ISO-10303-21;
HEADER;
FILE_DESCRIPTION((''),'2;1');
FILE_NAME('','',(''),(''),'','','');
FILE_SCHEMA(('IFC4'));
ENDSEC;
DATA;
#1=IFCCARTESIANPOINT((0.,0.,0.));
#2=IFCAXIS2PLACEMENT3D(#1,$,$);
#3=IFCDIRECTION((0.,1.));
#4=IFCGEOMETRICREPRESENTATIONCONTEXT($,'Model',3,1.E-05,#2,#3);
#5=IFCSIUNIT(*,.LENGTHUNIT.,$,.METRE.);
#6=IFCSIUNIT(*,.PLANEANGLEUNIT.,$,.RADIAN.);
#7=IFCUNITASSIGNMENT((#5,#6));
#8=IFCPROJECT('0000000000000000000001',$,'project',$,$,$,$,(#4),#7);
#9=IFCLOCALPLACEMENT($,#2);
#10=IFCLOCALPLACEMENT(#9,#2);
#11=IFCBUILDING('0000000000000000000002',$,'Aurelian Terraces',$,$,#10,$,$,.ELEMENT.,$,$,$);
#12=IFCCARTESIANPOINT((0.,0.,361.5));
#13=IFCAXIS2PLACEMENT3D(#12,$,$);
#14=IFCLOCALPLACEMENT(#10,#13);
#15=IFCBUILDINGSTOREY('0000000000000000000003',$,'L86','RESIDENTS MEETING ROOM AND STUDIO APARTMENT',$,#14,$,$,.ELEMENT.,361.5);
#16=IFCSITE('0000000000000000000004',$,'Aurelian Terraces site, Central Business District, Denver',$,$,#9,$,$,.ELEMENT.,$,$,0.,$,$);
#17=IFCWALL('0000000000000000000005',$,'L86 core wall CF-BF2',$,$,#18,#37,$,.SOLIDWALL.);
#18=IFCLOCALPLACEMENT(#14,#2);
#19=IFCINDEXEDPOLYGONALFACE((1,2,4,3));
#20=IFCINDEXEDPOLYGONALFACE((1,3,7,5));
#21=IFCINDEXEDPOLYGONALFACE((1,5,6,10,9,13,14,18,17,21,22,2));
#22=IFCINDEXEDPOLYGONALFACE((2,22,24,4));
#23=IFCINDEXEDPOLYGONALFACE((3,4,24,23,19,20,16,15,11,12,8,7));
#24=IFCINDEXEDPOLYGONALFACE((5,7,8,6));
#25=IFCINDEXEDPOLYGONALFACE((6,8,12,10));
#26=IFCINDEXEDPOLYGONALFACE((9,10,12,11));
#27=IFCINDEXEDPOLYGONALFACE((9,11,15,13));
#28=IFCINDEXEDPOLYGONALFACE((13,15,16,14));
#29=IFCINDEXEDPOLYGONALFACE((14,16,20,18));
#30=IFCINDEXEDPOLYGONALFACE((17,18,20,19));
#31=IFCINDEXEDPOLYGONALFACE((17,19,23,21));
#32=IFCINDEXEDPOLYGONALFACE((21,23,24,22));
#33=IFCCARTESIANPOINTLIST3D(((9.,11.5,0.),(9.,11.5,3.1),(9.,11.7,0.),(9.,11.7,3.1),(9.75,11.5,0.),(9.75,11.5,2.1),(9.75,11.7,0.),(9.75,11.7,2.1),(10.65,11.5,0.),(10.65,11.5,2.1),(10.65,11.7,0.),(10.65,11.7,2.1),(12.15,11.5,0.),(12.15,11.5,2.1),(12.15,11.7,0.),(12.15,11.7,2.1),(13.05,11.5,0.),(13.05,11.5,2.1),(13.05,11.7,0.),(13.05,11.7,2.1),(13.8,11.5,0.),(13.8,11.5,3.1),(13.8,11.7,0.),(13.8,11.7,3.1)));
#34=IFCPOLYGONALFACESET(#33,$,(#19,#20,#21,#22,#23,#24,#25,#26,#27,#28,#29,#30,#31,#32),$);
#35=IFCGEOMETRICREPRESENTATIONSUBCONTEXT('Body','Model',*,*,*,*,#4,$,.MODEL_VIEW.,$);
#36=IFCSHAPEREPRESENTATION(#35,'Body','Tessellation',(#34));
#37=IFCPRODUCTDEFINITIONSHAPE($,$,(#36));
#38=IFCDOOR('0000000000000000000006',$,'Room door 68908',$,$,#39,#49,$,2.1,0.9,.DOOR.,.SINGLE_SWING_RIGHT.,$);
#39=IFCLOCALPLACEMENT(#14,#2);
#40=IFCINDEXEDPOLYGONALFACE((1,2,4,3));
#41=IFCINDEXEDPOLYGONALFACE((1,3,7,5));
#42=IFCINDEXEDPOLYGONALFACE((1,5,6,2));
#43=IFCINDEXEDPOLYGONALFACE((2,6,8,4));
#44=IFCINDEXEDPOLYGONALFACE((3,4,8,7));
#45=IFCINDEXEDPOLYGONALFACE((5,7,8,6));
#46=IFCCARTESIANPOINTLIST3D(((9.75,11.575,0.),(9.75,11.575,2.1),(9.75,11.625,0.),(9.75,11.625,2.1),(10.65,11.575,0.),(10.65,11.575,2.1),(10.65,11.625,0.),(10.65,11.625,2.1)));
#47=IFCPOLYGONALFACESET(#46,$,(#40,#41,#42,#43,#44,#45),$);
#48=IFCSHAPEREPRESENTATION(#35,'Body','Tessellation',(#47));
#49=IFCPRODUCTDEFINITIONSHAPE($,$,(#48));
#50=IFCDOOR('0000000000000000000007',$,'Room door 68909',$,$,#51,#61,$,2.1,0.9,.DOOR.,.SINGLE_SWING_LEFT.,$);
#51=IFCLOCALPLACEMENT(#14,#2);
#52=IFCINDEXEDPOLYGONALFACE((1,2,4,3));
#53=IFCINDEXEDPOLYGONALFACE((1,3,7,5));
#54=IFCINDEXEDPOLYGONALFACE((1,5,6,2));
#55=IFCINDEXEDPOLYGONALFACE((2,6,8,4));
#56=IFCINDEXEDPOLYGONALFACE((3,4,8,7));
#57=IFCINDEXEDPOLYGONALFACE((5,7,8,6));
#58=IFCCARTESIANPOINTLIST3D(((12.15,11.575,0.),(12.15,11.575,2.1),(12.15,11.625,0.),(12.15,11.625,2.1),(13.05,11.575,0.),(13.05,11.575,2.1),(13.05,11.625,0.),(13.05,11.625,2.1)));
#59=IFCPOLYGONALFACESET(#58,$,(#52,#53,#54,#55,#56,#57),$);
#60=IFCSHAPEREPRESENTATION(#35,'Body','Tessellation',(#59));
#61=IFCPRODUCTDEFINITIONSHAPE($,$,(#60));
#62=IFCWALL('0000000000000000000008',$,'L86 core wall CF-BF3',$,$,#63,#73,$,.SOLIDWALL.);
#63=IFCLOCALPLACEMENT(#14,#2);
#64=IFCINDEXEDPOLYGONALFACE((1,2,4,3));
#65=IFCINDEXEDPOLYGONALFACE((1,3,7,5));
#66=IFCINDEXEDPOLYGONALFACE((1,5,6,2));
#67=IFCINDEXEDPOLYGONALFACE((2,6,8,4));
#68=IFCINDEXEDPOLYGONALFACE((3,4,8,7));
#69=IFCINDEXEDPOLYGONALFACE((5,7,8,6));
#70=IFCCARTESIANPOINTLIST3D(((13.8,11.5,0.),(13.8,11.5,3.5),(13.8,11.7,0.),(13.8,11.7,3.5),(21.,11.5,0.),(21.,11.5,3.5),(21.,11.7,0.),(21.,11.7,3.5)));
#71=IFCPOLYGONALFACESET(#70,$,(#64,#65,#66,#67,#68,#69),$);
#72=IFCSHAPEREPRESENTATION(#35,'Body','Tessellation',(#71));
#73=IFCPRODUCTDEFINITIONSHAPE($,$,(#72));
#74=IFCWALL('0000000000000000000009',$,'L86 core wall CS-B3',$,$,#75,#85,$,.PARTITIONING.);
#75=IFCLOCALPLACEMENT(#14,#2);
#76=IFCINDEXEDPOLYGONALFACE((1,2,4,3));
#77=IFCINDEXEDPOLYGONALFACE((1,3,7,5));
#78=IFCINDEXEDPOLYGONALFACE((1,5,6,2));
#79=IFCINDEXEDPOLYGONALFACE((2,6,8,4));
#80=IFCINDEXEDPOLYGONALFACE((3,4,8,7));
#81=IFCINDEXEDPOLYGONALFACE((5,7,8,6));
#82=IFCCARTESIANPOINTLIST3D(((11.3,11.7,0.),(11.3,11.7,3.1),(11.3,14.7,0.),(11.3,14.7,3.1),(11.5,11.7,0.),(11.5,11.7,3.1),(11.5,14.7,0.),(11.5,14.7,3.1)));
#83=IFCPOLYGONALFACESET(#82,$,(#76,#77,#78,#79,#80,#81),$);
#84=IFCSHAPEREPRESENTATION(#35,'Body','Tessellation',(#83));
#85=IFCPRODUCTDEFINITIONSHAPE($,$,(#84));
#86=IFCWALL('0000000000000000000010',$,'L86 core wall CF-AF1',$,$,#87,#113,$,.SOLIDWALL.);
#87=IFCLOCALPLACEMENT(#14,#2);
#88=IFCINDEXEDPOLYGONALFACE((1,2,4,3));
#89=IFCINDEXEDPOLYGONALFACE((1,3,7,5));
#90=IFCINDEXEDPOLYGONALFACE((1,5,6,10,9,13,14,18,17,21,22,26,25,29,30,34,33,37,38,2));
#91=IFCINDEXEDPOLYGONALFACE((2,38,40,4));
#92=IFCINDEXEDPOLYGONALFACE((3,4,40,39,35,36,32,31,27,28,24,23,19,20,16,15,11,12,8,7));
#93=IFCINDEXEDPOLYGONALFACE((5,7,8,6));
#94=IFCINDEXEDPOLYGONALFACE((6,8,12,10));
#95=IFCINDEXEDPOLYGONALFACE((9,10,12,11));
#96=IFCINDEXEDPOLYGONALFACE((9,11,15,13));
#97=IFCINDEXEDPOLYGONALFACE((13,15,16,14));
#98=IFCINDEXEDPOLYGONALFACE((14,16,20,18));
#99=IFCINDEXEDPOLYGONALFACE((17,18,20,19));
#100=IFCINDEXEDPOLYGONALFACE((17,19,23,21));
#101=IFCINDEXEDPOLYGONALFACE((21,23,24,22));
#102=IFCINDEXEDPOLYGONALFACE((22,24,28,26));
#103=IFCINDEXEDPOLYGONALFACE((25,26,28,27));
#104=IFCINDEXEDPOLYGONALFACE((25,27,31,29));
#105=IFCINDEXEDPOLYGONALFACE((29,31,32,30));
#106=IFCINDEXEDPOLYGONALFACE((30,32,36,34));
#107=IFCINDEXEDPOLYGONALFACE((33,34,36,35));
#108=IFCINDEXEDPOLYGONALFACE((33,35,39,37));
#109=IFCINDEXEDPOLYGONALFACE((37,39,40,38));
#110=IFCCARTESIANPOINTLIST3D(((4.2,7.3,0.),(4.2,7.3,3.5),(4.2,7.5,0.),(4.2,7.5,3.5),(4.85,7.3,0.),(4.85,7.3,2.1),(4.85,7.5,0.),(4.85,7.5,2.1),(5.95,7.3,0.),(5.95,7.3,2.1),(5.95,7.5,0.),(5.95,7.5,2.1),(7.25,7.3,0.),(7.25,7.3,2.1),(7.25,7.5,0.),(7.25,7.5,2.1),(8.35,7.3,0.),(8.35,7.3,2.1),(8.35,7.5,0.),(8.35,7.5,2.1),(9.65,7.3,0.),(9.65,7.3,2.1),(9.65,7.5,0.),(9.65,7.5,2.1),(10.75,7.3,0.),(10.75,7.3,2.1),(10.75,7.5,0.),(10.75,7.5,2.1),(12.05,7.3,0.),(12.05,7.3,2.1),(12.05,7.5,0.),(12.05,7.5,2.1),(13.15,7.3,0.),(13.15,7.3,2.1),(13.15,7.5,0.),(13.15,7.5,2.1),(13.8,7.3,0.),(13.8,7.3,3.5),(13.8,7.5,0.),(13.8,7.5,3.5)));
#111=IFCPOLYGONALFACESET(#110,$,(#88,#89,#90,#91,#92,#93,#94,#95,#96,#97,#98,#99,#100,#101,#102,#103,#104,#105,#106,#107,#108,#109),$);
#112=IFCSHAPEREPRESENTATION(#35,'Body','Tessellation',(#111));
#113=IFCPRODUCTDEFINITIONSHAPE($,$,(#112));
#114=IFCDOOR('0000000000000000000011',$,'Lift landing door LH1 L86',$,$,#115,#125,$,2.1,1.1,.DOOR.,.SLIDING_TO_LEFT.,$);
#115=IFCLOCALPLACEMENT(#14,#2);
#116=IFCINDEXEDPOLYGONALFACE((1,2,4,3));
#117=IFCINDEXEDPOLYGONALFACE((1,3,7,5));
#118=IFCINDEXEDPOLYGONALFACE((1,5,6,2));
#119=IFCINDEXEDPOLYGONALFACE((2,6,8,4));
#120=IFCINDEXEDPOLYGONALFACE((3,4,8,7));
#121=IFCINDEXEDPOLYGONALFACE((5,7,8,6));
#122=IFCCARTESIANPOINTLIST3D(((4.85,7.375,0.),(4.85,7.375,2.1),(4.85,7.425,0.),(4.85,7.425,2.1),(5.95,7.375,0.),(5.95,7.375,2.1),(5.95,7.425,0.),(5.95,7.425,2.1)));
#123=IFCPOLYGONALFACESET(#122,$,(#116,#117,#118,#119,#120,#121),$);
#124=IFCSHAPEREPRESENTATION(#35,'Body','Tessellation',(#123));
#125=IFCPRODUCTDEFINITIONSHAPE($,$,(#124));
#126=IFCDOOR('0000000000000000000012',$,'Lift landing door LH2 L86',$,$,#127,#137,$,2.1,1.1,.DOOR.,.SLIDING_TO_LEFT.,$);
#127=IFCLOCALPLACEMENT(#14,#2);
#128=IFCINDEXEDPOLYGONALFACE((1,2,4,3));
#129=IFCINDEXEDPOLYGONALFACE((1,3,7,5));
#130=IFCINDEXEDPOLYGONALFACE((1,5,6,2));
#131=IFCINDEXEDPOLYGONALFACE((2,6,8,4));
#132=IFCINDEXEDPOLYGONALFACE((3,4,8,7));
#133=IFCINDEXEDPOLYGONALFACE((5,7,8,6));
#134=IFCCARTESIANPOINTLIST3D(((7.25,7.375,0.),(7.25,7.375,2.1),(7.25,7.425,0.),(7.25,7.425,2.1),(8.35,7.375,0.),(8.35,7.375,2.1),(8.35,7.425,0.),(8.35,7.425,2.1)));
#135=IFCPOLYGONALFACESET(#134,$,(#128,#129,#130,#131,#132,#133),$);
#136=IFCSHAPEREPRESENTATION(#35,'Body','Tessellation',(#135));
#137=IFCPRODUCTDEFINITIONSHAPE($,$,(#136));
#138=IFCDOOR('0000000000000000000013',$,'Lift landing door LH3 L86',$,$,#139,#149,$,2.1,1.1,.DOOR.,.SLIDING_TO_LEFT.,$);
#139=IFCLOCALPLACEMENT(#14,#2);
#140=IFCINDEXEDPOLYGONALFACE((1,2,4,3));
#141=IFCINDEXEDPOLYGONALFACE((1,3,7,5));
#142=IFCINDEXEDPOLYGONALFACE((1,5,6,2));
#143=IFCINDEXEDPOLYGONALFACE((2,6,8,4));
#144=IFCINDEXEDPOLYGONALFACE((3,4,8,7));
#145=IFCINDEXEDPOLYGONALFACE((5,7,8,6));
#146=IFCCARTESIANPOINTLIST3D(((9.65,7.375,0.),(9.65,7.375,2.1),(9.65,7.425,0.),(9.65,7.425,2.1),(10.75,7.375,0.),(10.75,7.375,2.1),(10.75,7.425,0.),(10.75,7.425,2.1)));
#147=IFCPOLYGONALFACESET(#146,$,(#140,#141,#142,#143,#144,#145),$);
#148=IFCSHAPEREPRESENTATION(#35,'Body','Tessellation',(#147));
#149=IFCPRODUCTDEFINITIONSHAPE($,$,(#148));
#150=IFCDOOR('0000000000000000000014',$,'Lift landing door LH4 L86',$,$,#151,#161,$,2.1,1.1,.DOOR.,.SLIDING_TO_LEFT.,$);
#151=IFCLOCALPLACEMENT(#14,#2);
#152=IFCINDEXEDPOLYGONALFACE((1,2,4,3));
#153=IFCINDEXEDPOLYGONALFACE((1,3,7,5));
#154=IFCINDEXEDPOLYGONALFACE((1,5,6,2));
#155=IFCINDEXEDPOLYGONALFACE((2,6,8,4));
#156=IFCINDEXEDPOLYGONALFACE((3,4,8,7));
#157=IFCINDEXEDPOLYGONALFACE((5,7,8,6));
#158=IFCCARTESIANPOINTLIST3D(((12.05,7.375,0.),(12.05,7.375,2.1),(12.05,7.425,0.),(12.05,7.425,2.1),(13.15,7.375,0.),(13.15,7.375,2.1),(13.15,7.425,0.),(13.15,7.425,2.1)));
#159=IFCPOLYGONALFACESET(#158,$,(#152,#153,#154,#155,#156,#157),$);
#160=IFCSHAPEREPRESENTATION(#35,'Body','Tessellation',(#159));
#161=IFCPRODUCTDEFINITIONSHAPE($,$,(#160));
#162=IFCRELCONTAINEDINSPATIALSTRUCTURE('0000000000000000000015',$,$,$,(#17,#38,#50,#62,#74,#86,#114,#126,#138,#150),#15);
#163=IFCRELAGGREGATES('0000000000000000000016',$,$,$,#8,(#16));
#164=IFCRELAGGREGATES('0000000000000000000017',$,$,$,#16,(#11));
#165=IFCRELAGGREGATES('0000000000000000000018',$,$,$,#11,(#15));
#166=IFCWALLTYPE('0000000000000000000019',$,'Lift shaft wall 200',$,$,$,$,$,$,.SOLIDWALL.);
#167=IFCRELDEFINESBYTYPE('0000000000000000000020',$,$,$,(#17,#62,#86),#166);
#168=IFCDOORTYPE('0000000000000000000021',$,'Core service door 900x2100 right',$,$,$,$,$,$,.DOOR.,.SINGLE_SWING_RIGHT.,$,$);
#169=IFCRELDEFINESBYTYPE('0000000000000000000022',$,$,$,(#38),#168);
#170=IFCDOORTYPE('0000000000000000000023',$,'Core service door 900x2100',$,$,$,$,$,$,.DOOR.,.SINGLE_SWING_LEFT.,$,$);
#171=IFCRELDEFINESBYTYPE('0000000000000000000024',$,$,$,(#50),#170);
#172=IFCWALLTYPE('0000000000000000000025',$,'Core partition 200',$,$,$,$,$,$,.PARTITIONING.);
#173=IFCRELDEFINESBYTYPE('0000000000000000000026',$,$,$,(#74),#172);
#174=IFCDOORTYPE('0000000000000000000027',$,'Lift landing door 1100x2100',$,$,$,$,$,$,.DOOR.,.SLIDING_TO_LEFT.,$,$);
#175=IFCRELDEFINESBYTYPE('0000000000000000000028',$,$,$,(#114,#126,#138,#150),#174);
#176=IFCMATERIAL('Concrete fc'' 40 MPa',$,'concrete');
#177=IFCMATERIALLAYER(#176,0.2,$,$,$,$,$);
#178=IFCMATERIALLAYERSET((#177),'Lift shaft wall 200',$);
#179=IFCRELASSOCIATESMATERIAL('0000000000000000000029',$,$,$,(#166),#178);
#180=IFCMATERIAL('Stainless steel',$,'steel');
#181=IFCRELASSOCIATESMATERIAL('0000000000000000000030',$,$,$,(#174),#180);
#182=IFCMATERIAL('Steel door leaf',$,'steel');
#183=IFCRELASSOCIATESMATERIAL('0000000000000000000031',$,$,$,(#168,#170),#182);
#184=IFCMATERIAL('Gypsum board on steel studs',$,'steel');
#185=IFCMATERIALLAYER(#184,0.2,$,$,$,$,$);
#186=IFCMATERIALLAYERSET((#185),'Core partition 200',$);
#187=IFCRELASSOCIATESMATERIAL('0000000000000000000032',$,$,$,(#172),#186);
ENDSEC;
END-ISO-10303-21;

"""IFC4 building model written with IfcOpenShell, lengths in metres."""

from ifc_helpers import new_model, si_unit, direction, frame, frame_2d, origin, place, context, subcontext, project, spatial, rectangle, extrude, source, transform, mapped, material, layer, layer_set, type_object, element, fill, save


model = new_model("IFC4")

# Units and contexts
model_context = context("Model", 3, precision=1e-05, world=origin(), true_north=direction((0.0, 1.0)))
body_context = subcontext(model_context, "Body", "Model", "MODEL_VIEW")
ifc_project = project(units=[si_unit("LENGTHUNIT", "METRE"), si_unit("PLANEANGLEUNIT", "RADIAN")], contexts=[model_context])

# Site, building, storey
site_placement = place(None, origin())
site = spatial("IfcSite", under=ifc_project, at=site_placement, Name="Aurelian Terraces site, Central Business District, Denver", CompositionType="ELEMENT", RefElevation=0.0)
building_placement = place(site_placement, origin())
building = spatial("IfcBuilding", under=site, at=building_placement, Name="Aurelian Terraces", CompositionType="ELEMENT")
storey_placement = place(building_placement, frame((0.0, 0.0, 361.5)))
storey = spatial("IfcBuildingStorey", under=building, at=storey_placement, Name="L86", Description="RESIDENTS MEETING ROOM AND STUDIO APARTMENT", CompositionType="ELEMENT", Elevation=361.5)

# Shared definitions
ifc_material_1 = material(Name="Concrete fc' 40 MPa", Category="concrete")
ifc_layer_1 = layer(ifc_material_1, 0.2)
ifc_layer_set_1 = layer_set([ifc_layer_1], Name="Lift shaft wall 200")
wall_type_1 = type_object("IfcWallType", Name="Lift shaft wall 200", PredefinedType="SOLIDWALL", material=ifc_layer_set_1)

# Wall, openings, doors
shared_shape_1 = source(origin(), body_context, "Body", "SweptSolid", [
    extrude(rectangle(XDim=1.1, YDim=2.1, at=frame_2d((0.55, 1.05))), frame((0.0, 0.11, 0.0), z_axis=(0.0, -1.0, 0.0), x_axis=(1.0, 0.0, 0.0)), (0.0, 0.0, 1.0), 0.22),
])
ifc_material_2 = material(Name="Stainless steel", Category="steel")
door_type_1 = type_object("IfcDoorType", Name="Lift landing door 1100x2100", OperationType="SLIDING_TO_LEFT", PredefinedType="DOOR", material=ifc_material_2)
shared_shape_2 = source(origin(), body_context, "Body", "SweptSolid", [
    extrude(rectangle(XDim=1.1, YDim=2.1, at=frame_2d((0.55, 1.05))), frame((0.0, 0.025, 0.0), z_axis=(0.0, -1.0, 0.0), x_axis=(1.0, 0.0, 0.0)), (0.0, 0.0, 1.0), 0.05),
])
shared_shape_3 = source(origin(), body_context, "Body", "SweptSolid", [
    extrude(rectangle(XDim=4.8, YDim=0.2, at=frame_2d((2.4, 0.0))), origin(), (0.0, 0.0, 1.0), 3.1),
])
wall_1_placement = place(storey_placement, frame((9.0, 11.6, 0.0), z_axis=(0.0, 0.0, 1.0), x_axis=(1.0, 0.0, 0.0)))
wall_1 = element("IfcWall", 1, at=wall_1_placement, inside=storey, type_object=wall_type_1, Name="L86 core wall CF-BF2", PredefinedType="SOLIDWALL", context=body_context, shape_type="MappedRepresentation", body=[
    mapped(shared_shape_3, transform((0.0, 0.0, 0.0), scale=1.0)),
])
shared_shape_4 = source(origin(), body_context, "Body", "SweptSolid", [
    extrude(rectangle(XDim=0.9, YDim=2.1, at=frame_2d((0.45, 1.05))), frame((0.0, 0.11, 0.0), z_axis=(0.0, -1.0, 0.0), x_axis=(1.0, 0.0, 0.0)), (0.0, 0.0, 1.0), 0.22),
])
opening_1_placement = place(wall_1_placement, frame((0.75, 0.0, 0.0)))
opening_1 = element("IfcOpeningElement", 2, at=opening_1_placement, cuts=wall_1, PredefinedType="OPENING", context=body_context, shape_type="MappedRepresentation", body=[
    mapped(shared_shape_4, transform((0.0, 0.0, 0.0), scale=1.0)),
])
opening_2_placement = place(wall_1_placement, frame((3.15, 0.0, 0.0)))
opening_2 = element("IfcOpeningElement", 3, at=opening_2_placement, cuts=wall_1, PredefinedType="OPENING", context=body_context, shape_type="MappedRepresentation", body=[
    mapped(shared_shape_4, transform((0.0, 0.0, 0.0), scale=1.0)),
])
ifc_material_3 = material(Name="Steel door leaf", Category="steel")
door_type_2 = type_object("IfcDoorType", Name="Core service door 900x2100 right", OperationType="SINGLE_SWING_RIGHT", PredefinedType="DOOR", material=ifc_material_3)
shared_shape_5 = source(origin(), body_context, "Body", "SweptSolid", [
    extrude(rectangle(XDim=0.9, YDim=2.1, at=frame_2d((0.45, 1.05))), frame((0.0, 0.025, 0.0), z_axis=(0.0, -1.0, 0.0), x_axis=(1.0, 0.0, 0.0)), (0.0, 0.0, 1.0), 0.05),
])
door_1_placement = place(opening_1_placement, origin())
door_1 = element("IfcDoor", 4, at=door_1_placement, inside=storey, type_object=door_type_2, Name="Room door 68908", OperationType="SINGLE_SWING_RIGHT", OverallHeight=2.1, OverallWidth=0.9, PredefinedType="DOOR", context=body_context, shape_type="MappedRepresentation", body=[
    mapped(shared_shape_5, transform((0.0, 0.0, 0.0), scale=1.0)),
])
fill(opening_1, door_1)
door_type_3 = type_object("IfcDoorType", Name="Core service door 900x2100", OperationType="SINGLE_SWING_LEFT", PredefinedType="DOOR", material=ifc_material_3)
door_2_placement = place(opening_2_placement, origin())
door_2 = element("IfcDoor", 5, at=door_2_placement, inside=storey, type_object=door_type_3, Name="Room door 68909", OperationType="SINGLE_SWING_LEFT", OverallHeight=2.1, OverallWidth=0.9, PredefinedType="DOOR", context=body_context, shape_type="MappedRepresentation", body=[
    mapped(shared_shape_5, transform((0.0, 0.0, 0.0), scale=1.0)),
])
fill(opening_2, door_2)

# Walls
shared_shape_6 = source(origin(), body_context, "Body", "SweptSolid", [
    extrude(rectangle(XDim=7.2, YDim=0.2, at=frame_2d((3.6, 0.0))), origin(), (0.0, 0.0, 1.0), 3.5),
])
wall_2_placement = place(storey_placement, frame((13.8, 11.6, 0.0), z_axis=(0.0, 0.0, 1.0), x_axis=(1.0, 0.0, 0.0)))
element("IfcWall", 6, at=wall_2_placement, inside=storey, type_object=wall_type_1, Name="L86 core wall CF-BF3", PredefinedType="SOLIDWALL", context=body_context, shape_type="MappedRepresentation", body=[
    mapped(shared_shape_6, transform((0.0, 0.0, 0.0), scale=1.0)),
])
ifc_material_4 = material(Name="Gypsum board on steel studs", Category="steel")
ifc_layer_2 = layer(ifc_material_4, 0.2)
ifc_layer_set_2 = layer_set([ifc_layer_2], Name="Core partition 200")
wall_type_2 = type_object("IfcWallType", Name="Core partition 200", PredefinedType="PARTITIONING", material=ifc_layer_set_2)
shared_shape_7 = source(origin(), body_context, "Body", "SweptSolid", [
    extrude(rectangle(XDim=3.0, YDim=0.2, at=frame_2d((1.5, 0.0))), origin(), (0.0, 0.0, 1.0), 3.1),
])
wall_3_placement = place(storey_placement, frame((11.4, 11.7, 0.0), z_axis=(0.0, 0.0, 1.0), x_axis=(0.0, 1.0, 0.0)))
element("IfcWall", 7, at=wall_3_placement, inside=storey, type_object=wall_type_2, Name="L86 core wall CS-B3", PredefinedType="PARTITIONING", context=body_context, shape_type="MappedRepresentation", body=[
    mapped(shared_shape_7, transform((0.0, 0.0, 0.0), scale=1.0)),
])

# Wall, openings, doors
shared_shape_8 = source(origin(), body_context, "Body", "SweptSolid", [
    extrude(rectangle(XDim=9.6, YDim=0.2, at=frame_2d((4.8, 0.0))), origin(), (0.0, 0.0, 1.0), 3.5),
])
wall_4_placement = place(storey_placement, frame((4.2, 7.4, 0.0), z_axis=(0.0, 0.0, 1.0), x_axis=(1.0, 0.0, 0.0)))
wall_4 = element("IfcWall", 8, at=wall_4_placement, inside=storey, type_object=wall_type_1, Name="L86 core wall CF-AF1", PredefinedType="SOLIDWALL", context=body_context, shape_type="MappedRepresentation", body=[
    mapped(shared_shape_8, transform((0.0, 0.0, 0.0), scale=1.0)),
])
opening_3_placement = place(wall_4_placement, frame((0.65, 0.0, 0.0)))
opening_3 = element("IfcOpeningElement", 9, at=opening_3_placement, cuts=wall_4, PredefinedType="OPENING", context=body_context, shape_type="MappedRepresentation", body=[
    mapped(shared_shape_1, transform((0.0, 0.0, 0.0), scale=1.0)),
])
opening_4_placement = place(wall_4_placement, frame((3.05, 0.0, 0.0)))
opening_4 = element("IfcOpeningElement", 10, at=opening_4_placement, cuts=wall_4, PredefinedType="OPENING", context=body_context, shape_type="MappedRepresentation", body=[
    mapped(shared_shape_1, transform((0.0, 0.0, 0.0), scale=1.0)),
])
opening_5_placement = place(wall_4_placement, frame((5.45, 0.0, 0.0)))
opening_5 = element("IfcOpeningElement", 11, at=opening_5_placement, cuts=wall_4, PredefinedType="OPENING", context=body_context, shape_type="MappedRepresentation", body=[
    mapped(shared_shape_1, transform((0.0, 0.0, 0.0), scale=1.0)),
])
opening_6_placement = place(wall_4_placement, frame((7.85, 0.0, 0.0)))
opening_6 = element("IfcOpeningElement", 12, at=opening_6_placement, cuts=wall_4, PredefinedType="OPENING", context=body_context, shape_type="MappedRepresentation", body=[
    mapped(shared_shape_1, transform((0.0, 0.0, 0.0), scale=1.0)),
])
door_3_placement = place(opening_3_placement, origin())
door_3 = element("IfcDoor", 13, at=door_3_placement, inside=storey, type_object=door_type_1, Name="Lift landing door LH1 L86", OperationType="SLIDING_TO_LEFT", OverallHeight=2.1, OverallWidth=1.1, PredefinedType="DOOR", context=body_context, shape_type="MappedRepresentation", body=[
    mapped(shared_shape_2, transform((0.0, 0.0, 0.0), scale=1.0)),
])
fill(opening_3, door_3)
door_4_placement = place(opening_4_placement, origin())
door_4 = element("IfcDoor", 14, at=door_4_placement, inside=storey, type_object=door_type_1, Name="Lift landing door LH2 L86", OperationType="SLIDING_TO_LEFT", OverallHeight=2.1, OverallWidth=1.1, PredefinedType="DOOR", context=body_context, shape_type="MappedRepresentation", body=[
    mapped(shared_shape_2, transform((0.0, 0.0, 0.0), scale=1.0)),
])
fill(opening_4, door_4)
door_5_placement = place(opening_5_placement, origin())
door_5 = element("IfcDoor", 15, at=door_5_placement, inside=storey, type_object=door_type_1, Name="Lift landing door LH3 L86", OperationType="SLIDING_TO_LEFT", OverallHeight=2.1, OverallWidth=1.1, PredefinedType="DOOR", context=body_context, shape_type="MappedRepresentation", body=[
    mapped(shared_shape_2, transform((0.0, 0.0, 0.0), scale=1.0)),
])
fill(opening_5, door_5)
door_6_placement = place(opening_6_placement, origin())
door_6 = element("IfcDoor", 16, at=door_6_placement, inside=storey, type_object=door_type_1, Name="Lift landing door LH4 L86", OperationType="SLIDING_TO_LEFT", OverallHeight=2.1, OverallWidth=1.1, PredefinedType="DOOR", context=body_context, shape_type="MappedRepresentation", body=[
    mapped(shared_shape_2, transform((0.0, 0.0, 0.0), scale=1.0)),
])
fill(opening_6, door_6)

save(model, "model.ifc")
